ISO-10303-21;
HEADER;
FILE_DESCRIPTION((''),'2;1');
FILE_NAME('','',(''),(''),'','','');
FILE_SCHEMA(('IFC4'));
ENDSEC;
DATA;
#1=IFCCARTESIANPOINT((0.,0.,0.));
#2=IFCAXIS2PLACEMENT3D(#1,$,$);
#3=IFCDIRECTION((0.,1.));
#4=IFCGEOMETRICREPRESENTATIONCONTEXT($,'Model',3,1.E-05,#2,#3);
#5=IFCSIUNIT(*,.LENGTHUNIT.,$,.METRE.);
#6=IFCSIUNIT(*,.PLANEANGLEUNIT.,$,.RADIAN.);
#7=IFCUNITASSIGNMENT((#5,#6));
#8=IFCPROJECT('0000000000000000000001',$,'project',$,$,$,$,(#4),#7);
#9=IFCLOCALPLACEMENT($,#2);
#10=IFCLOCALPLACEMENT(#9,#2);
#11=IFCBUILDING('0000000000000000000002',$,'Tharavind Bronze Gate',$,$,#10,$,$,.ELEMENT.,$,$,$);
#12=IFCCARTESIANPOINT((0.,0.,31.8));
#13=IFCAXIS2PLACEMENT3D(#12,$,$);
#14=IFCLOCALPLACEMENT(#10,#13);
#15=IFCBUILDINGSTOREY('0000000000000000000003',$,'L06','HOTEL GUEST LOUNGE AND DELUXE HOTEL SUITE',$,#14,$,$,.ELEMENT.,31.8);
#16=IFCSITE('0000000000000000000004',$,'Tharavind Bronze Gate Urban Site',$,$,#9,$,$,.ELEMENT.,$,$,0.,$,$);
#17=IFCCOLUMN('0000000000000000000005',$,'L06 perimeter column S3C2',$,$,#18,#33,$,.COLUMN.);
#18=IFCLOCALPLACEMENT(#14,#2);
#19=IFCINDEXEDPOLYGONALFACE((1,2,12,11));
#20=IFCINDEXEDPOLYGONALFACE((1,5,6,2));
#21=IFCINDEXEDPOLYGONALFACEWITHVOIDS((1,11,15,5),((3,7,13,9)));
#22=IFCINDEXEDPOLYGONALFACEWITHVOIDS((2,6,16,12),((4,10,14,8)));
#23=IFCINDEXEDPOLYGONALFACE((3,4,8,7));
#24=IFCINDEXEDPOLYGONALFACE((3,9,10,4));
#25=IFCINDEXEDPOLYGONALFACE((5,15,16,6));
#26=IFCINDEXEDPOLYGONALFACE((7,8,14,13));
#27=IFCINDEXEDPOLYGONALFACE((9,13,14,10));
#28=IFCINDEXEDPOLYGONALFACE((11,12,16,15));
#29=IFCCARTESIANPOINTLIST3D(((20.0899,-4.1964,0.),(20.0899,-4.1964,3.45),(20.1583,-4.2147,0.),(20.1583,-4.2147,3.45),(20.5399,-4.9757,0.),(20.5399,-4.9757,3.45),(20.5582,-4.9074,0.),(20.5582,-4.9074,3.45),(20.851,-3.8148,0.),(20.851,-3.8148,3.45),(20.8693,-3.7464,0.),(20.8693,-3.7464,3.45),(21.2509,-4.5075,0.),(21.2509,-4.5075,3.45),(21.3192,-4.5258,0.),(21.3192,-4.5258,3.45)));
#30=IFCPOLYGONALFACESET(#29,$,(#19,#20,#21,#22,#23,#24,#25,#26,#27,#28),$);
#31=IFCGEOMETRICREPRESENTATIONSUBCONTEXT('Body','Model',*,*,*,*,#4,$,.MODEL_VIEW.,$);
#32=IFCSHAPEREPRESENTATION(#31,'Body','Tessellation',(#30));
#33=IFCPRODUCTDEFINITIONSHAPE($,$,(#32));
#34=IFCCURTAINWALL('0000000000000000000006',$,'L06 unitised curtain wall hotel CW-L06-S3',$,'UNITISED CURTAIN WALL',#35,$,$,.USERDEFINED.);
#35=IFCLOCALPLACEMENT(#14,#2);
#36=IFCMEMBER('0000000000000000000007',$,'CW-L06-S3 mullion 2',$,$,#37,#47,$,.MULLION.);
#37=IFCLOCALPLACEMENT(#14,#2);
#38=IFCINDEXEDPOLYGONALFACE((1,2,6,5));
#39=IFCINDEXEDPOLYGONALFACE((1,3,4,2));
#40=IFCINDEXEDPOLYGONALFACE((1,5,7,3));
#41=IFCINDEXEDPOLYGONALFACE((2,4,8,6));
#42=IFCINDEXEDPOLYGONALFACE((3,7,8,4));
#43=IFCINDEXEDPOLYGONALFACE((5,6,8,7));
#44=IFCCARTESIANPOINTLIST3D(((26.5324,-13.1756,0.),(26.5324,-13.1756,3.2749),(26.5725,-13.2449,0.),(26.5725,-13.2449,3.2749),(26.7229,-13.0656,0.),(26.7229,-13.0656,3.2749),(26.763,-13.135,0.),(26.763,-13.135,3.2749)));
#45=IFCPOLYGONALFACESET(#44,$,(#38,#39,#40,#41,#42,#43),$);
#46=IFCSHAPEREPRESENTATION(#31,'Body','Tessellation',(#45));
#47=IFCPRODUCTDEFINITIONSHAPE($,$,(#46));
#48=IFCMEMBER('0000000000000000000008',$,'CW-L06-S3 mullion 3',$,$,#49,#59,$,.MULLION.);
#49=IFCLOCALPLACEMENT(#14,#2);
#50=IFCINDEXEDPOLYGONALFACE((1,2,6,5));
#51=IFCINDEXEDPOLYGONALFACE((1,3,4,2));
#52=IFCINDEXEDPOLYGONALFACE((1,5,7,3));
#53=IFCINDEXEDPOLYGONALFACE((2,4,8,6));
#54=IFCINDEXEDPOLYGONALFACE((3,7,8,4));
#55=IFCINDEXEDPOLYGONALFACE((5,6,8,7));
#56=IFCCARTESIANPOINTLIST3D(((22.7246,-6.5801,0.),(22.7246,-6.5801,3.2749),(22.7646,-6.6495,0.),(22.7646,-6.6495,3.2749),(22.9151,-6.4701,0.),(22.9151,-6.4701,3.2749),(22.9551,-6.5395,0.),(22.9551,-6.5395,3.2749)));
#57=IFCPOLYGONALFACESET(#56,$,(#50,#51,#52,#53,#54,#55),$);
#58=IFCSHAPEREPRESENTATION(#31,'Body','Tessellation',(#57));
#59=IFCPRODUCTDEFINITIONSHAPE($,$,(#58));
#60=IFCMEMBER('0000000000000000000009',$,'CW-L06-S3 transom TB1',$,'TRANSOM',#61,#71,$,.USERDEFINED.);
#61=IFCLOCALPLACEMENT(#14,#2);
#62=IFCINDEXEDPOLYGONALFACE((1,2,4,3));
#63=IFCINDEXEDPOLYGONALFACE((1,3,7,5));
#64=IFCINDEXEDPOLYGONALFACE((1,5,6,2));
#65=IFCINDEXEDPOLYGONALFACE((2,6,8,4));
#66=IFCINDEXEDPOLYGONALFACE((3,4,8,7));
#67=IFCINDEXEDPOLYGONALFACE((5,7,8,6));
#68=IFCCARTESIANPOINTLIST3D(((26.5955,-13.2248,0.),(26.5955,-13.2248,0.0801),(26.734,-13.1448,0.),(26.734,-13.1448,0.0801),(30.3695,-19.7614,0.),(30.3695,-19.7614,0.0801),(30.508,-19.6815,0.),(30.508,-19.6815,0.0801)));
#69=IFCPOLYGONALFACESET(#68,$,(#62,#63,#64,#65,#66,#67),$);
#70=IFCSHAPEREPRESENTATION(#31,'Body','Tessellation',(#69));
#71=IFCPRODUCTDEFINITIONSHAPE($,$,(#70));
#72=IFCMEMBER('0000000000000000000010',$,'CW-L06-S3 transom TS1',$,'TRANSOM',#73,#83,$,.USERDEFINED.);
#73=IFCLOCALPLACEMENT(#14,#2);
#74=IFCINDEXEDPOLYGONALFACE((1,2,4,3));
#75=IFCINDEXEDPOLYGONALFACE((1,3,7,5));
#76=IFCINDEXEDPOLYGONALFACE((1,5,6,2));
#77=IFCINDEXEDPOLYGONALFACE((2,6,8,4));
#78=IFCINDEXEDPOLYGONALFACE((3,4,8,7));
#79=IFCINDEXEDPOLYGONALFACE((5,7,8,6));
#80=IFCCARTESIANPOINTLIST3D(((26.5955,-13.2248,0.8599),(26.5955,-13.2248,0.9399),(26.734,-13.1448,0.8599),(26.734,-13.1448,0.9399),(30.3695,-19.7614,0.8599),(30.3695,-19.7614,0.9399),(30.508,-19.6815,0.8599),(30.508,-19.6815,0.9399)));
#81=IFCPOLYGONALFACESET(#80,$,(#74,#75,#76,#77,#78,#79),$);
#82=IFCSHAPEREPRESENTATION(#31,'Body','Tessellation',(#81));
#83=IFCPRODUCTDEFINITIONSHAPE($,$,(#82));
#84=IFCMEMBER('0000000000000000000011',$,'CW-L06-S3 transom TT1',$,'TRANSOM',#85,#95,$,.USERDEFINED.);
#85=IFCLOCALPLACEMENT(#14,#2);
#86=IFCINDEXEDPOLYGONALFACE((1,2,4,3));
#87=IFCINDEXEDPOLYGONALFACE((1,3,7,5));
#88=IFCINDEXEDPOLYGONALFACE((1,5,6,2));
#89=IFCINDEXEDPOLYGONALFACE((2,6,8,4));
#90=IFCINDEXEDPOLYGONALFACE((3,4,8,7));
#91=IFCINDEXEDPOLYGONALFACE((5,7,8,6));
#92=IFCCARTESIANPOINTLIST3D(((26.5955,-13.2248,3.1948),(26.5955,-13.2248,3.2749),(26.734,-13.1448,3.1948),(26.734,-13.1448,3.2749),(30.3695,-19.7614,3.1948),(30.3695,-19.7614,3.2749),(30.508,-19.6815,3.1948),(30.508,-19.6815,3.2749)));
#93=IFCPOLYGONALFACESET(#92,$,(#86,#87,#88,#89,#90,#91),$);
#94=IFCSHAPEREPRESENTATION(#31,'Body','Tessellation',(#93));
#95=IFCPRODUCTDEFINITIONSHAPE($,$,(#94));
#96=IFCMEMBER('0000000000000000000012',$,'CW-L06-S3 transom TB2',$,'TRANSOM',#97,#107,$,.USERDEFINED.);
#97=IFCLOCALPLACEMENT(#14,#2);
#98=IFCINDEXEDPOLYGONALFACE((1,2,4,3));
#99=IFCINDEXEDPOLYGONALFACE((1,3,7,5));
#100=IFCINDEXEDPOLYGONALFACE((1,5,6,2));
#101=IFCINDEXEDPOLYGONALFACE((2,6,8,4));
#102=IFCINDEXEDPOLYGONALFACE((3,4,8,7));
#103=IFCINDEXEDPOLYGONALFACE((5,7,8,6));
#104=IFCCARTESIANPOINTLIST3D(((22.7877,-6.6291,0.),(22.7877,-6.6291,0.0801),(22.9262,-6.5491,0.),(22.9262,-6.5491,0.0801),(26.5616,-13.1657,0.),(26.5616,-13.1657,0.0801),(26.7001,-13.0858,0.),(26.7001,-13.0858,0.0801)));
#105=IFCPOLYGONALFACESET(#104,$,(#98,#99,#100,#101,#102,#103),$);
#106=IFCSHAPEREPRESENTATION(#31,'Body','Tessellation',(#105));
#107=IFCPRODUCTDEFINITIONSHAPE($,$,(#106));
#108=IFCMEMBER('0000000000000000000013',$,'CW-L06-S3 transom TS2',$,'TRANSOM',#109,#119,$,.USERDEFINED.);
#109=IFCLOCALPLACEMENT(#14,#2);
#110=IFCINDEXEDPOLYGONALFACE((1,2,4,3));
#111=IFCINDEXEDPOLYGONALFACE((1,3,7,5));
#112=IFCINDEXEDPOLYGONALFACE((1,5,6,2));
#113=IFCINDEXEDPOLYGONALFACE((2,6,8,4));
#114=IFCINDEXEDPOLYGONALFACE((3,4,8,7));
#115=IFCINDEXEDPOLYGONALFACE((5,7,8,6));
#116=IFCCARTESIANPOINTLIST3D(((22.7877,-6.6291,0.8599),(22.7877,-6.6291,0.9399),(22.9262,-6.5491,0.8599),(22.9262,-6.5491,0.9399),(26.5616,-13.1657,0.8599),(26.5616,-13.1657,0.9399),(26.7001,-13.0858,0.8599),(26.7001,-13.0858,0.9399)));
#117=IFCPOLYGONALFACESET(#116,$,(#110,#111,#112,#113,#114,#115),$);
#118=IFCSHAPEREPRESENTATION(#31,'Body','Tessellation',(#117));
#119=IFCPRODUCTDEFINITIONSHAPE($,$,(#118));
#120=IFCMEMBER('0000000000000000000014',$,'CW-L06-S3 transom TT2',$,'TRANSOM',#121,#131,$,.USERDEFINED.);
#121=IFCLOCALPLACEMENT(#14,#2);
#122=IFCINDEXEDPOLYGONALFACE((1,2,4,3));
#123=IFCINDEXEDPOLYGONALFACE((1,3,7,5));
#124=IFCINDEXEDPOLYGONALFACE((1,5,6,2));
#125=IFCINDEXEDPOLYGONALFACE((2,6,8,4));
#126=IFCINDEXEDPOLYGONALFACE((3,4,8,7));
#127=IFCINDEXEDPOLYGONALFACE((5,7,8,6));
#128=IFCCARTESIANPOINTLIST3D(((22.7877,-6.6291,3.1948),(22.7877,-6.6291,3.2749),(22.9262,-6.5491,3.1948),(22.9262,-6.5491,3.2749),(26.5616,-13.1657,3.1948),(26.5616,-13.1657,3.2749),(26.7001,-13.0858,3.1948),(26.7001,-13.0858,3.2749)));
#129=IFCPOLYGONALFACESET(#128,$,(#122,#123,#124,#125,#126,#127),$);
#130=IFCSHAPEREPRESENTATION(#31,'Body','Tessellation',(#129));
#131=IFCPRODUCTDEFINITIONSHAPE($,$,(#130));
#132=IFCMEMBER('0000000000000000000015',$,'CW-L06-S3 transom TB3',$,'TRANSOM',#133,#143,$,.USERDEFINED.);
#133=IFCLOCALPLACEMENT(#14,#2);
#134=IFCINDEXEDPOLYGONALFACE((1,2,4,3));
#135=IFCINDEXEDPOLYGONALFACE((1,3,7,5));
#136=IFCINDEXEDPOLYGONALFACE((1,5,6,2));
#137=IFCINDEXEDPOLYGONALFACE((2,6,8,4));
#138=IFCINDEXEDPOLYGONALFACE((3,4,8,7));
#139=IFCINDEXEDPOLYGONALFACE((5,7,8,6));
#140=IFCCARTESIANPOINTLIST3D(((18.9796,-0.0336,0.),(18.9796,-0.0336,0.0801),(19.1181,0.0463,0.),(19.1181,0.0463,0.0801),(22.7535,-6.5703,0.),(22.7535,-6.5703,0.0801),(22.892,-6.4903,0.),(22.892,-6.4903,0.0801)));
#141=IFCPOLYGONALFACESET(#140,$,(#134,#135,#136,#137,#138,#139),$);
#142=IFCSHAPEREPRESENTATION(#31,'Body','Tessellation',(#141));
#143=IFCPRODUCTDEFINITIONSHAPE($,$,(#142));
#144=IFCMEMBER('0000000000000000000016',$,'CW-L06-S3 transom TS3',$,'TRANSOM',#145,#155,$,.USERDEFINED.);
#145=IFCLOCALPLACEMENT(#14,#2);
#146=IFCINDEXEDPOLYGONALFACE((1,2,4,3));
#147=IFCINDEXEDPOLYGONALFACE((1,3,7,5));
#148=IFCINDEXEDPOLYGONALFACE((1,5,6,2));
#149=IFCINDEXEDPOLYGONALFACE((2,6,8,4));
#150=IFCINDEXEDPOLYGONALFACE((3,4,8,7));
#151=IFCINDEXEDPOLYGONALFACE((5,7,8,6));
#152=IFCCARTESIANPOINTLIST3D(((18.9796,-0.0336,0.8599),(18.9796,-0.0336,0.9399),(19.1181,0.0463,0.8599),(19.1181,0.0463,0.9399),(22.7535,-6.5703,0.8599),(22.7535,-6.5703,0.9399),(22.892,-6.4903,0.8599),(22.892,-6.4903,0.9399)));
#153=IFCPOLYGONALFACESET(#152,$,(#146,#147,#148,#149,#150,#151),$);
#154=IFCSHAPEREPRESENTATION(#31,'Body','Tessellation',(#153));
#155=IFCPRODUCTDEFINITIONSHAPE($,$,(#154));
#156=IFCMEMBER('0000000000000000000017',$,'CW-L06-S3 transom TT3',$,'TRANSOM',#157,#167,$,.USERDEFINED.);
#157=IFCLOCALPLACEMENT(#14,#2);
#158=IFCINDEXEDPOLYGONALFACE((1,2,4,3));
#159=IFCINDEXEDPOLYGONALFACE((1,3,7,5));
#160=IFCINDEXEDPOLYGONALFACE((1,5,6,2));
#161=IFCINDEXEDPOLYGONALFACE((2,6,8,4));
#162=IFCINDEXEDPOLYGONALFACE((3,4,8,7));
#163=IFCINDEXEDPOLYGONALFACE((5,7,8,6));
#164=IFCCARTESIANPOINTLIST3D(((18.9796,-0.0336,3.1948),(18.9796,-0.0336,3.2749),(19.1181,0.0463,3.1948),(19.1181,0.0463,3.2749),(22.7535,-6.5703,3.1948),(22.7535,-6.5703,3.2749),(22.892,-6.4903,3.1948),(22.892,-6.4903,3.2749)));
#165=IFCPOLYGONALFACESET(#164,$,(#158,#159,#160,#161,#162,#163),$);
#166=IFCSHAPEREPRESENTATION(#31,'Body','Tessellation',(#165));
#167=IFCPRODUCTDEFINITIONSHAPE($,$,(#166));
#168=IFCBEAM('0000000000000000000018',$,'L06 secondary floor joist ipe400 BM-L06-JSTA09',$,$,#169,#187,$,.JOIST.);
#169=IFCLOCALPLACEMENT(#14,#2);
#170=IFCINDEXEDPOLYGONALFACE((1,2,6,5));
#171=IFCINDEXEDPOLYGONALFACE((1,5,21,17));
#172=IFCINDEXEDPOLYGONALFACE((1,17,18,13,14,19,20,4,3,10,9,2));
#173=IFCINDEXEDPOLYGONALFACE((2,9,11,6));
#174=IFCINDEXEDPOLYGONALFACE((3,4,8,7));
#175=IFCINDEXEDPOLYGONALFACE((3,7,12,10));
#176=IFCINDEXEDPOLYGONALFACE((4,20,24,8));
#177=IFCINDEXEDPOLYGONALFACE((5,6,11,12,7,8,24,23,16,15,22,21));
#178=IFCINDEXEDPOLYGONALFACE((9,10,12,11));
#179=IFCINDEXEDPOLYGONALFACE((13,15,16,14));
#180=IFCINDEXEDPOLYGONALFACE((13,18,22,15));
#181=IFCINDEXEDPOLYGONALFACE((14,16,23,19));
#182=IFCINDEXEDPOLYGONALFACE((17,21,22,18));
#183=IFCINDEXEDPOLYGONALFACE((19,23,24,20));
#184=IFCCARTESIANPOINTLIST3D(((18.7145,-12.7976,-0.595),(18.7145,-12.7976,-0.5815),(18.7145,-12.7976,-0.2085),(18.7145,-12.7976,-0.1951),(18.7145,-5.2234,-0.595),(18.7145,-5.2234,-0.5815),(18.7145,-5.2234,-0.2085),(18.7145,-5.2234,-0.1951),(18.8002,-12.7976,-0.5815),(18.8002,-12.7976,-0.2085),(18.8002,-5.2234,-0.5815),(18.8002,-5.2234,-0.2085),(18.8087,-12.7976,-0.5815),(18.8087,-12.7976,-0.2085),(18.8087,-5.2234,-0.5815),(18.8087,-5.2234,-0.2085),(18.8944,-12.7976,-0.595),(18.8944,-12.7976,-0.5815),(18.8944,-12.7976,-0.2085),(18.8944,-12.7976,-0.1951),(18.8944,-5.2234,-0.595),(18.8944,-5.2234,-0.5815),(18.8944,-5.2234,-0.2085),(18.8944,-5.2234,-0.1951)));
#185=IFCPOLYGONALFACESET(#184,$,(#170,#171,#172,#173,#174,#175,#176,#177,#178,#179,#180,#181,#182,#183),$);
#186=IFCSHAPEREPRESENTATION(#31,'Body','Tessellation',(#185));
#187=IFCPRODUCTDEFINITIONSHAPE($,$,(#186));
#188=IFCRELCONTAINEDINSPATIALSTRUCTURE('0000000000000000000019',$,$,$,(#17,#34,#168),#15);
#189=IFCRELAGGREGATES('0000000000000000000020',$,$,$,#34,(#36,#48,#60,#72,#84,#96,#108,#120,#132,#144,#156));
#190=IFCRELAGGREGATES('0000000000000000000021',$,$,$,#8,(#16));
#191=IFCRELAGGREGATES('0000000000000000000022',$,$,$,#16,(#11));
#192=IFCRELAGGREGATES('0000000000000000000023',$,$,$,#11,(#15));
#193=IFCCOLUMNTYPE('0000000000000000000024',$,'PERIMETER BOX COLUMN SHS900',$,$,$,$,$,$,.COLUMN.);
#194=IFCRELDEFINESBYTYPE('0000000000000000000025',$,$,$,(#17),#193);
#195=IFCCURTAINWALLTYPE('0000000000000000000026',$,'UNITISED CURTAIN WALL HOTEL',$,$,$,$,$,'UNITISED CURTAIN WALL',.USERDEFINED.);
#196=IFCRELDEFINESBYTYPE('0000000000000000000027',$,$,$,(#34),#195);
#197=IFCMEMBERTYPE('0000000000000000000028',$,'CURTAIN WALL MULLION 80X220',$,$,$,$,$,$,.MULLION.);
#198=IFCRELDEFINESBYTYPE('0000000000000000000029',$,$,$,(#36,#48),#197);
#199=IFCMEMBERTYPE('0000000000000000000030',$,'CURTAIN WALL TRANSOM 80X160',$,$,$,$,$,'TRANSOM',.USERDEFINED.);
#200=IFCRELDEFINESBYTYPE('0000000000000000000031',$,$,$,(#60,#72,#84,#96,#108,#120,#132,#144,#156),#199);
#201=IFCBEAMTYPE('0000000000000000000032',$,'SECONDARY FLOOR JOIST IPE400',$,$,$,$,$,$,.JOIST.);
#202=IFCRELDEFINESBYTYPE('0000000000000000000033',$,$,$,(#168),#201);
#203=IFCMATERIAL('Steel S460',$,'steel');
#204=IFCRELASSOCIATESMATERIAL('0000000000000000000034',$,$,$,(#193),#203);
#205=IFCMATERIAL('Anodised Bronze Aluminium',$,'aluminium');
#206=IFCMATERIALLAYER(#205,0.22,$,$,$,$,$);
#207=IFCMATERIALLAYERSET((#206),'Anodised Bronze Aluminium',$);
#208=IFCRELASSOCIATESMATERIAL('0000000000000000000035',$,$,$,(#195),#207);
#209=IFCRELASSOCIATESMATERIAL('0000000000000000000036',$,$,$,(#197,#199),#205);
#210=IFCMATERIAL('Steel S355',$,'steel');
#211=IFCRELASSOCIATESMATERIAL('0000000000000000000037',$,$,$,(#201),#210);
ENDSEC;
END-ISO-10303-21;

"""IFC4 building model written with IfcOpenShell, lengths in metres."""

from ifc_helpers import new_model, si_unit, direction, frame, origin, origin_2d, place, context, subcontext, project, spatial, rectangle, hollow_rectangle, i_section, extrude, material, layer, layer_set, material_profile, profile_set, type_object, element, aggregate, save


model = new_model("IFC4")

# Units and contexts
model_context = context("Model", 3, precision=1e-05, world=origin(), true_north=direction((0.0, 1.0)))
body_context = subcontext(model_context, "Body", "Model", "MODEL_VIEW")
ifc_project = project(units=[si_unit("LENGTHUNIT", "METRE"), si_unit("PLANEANGLEUNIT", "RADIAN")], contexts=[model_context])

# Site, building, storey
site_placement = place(None, origin())
site = spatial("IfcSite", under=ifc_project, at=site_placement, Name="Tharavind Bronze Gate Urban Site", CompositionType="ELEMENT", RefElevation=0.0)
building_placement = place(site_placement, origin())
building = spatial("IfcBuilding", under=site, at=building_placement, Name="Tharavind Bronze Gate", CompositionType="ELEMENT")
storey_placement = place(building_placement, frame((0.0, 0.0, 31.8)))
storey = spatial("IfcBuildingStorey", under=building, at=storey_placement, Name="L06", Description="HOTEL GUEST LOUNGE AND DELUXE HOTEL SUITE", CompositionType="ELEMENT", Elevation=31.8)

# Column
ifc_material_1 = material(Name="Steel S460", Category="steel")
ifc_material_profile_1 = material_profile(ifc_material_1, hollow_rectangle(XDim=0.8999, YDim=0.8999, WallThickness=0.05, at=origin_2d()), Name="SHS900X50")
ifc_profile_set_1 = profile_set([ifc_material_profile_1], Name="Steel S460")
column_type = type_object("IfcColumnType", Name="PERIMETER BOX COLUMN SHS900", PredefinedType="COLUMN", material=ifc_profile_set_1)
column_placement = place(storey_placement, frame((20.7046, -4.3611, 0.0), z_axis=(0.0, 0.0, 1.0), x_axis=(-0.500002, 0.866025, 0.0)))
element("IfcColumn", 1, at=column_placement, inside=storey, type_object=column_type, Name="L06 perimeter column S3C2", PredefinedType="COLUMN", context=body_context, shape_type="SweptSolid", body=[
    extrude(hollow_rectangle(XDim=0.8999, YDim=0.8999, WallThickness=0.05, at=origin_2d()), origin(), (0.0, 0.0, 1.0), 3.45),
])

# Curtain wall, members
ifc_material_2 = material(Name="Anodised Bronze Aluminium", Category="aluminium")
ifc_layer_1 = layer(ifc_material_2, 0.22)
ifc_layer_set_1 = layer_set([ifc_layer_1], Name="Anodised Bronze Aluminium")
curtain_wall_type = type_object("IfcCurtainWallType", Name="UNITISED CURTAIN WALL HOTEL", ElementType="UNITISED CURTAIN WALL", PredefinedType="USERDEFINED", material=ifc_layer_set_1)
curtain_wall_placement = place(storey_placement, origin())
curtain_wall = element("IfcCurtainWall", 2, at=curtain_wall_placement, inside=storey, type_object=curtain_wall_type, Name="L06 unitised curtain wall hotel CW-L06-S3", ObjectType="UNITISED CURTAIN WALL", PredefinedType="USERDEFINED")
member_type_1 = type_object("IfcMemberType", Name="CURTAIN WALL MULLION 80X220", PredefinedType="MULLION", material=ifc_material_2)
member_1_placement = place(storey_placement, frame((26.6477, -13.1553, 0.0), z_axis=(0.0, 0.0, 1.0), x_axis=(-0.500002, 0.866025, 0.0)))
member_1 = element("IfcMember", 3, at=member_1_placement, type_object=member_type_1, Name="CW-L06-S3 mullion 2", PredefinedType="MULLION", context=body_context, shape_type="SweptSolid", body=[
    extrude(rectangle(XDim=0.0801, YDim=0.22, at=origin_2d()), origin(), (0.0, 0.0, 1.0), 3.2749),
])
member_2_placement = place(storey_placement, frame((22.8398, -6.5598, 0.0), z_axis=(0.0, 0.0, 1.0), x_axis=(-0.500002, 0.866025, 0.0)))
member_2 = element("IfcMember", 4, at=member_2_placement, type_object=member_type_1, Name="CW-L06-S3 mullion 3", PredefinedType="MULLION", context=body_context, shape_type="SweptSolid", body=[
    extrude(rectangle(XDim=0.0801, YDim=0.22, at=origin_2d()), origin(), (0.0, 0.0, 1.0), 3.2749),
])
member_type_2 = type_object("IfcMemberType", Name="CURTAIN WALL TRANSOM 80X160", ElementType="TRANSOM", PredefinedType="USERDEFINED", material=ifc_material_2)
member_3_placement = place(storey_placement, frame((28.5518, -16.4531, 0.0), z_axis=(0.0, 0.0, 1.0), x_axis=(-0.500002, 0.866025, 0.0)))
member_3 = element("IfcMember", 5, at=member_3_placement, type_object=member_type_2, Name="CW-L06-S3 transom TB1", ObjectType="TRANSOM", PredefinedType="USERDEFINED", context=body_context, shape_type="SweptSolid", body=[
    extrude(rectangle(XDim=7.5479, YDim=0.1599, at=origin_2d()), origin(), (0.0, 0.0, 1.0), 0.0801),
])
member_4_placement = place(storey_placement, frame((28.5518, -16.4531, 0.8599), z_axis=(0.0, 0.0, 1.0), x_axis=(-0.500002, 0.866025, 0.0)))
member_4 = element("IfcMember", 6, at=member_4_placement, type_object=member_type_2, Name="CW-L06-S3 transom TS1", ObjectType="TRANSOM", PredefinedType="USERDEFINED", context=body_context, shape_type="SweptSolid", body=[
    extrude(rectangle(XDim=7.5479, YDim=0.1599, at=origin_2d()), origin(), (0.0, 0.0, 1.0), 0.0801),
])
member_5_placement = place(storey_placement, frame((28.5518, -16.4531, 3.1948), z_axis=(0.0, 0.0, 1.0), x_axis=(-0.500002, 0.866025, 0.0)))
member_5 = element("IfcMember", 7, at=member_5_placement, type_object=member_type_2, Name="CW-L06-S3 transom TT1", ObjectType="TRANSOM", PredefinedType="USERDEFINED", context=body_context, shape_type="SweptSolid", body=[
    extrude(rectangle(XDim=7.5479, YDim=0.1599, at=origin_2d()), origin(), (0.0, 0.0, 1.0), 0.0801),
])
member_6_placement = place(storey_placement, frame((24.7439, -9.8574, 0.0), z_axis=(0.0, 0.0, 1.0), x_axis=(-0.500002, 0.866025, 0.0)))
member_6 = element("IfcMember", 8, at=member_6_placement, type_object=member_type_2, Name="CW-L06-S3 transom TB2", ObjectType="TRANSOM", PredefinedType="USERDEFINED", context=body_context, shape_type="SweptSolid", body=[
    extrude(rectangle(XDim=7.5479, YDim=0.1599, at=origin_2d()), origin(), (0.0, 0.0, 1.0), 0.0801),
])
member_7_placement = place(storey_placement, frame((24.7439, -9.8574, 0.8599), z_axis=(0.0, 0.0, 1.0), x_axis=(-0.500002, 0.866025, 0.0)))
member_7 = element("IfcMember", 9, at=member_7_placement, type_object=member_type_2, Name="CW-L06-S3 transom TS2", ObjectType="TRANSOM", PredefinedType="USERDEFINED", context=body_context, shape_type="SweptSolid", body=[
    extrude(rectangle(XDim=7.5479, YDim=0.1599, at=origin_2d()), origin(), (0.0, 0.0, 1.0), 0.0801),
])
member_8_placement = place(storey_placement, frame((24.7439, -9.8574, 3.1948), z_axis=(0.0, 0.0, 1.0), x_axis=(-0.500002, 0.866025, 0.0)))
member_8 = element("IfcMember", 10, at=member_8_placement, type_object=member_type_2, Name="CW-L06-S3 transom TT2", ObjectType="TRANSOM", PredefinedType="USERDEFINED", context=body_context, shape_type="SweptSolid", body=[
    extrude(rectangle(XDim=7.5479, YDim=0.1599, at=origin_2d()), origin(), (0.0, 0.0, 1.0), 0.0801),
])
member_9_placement = place(storey_placement, frame((20.9358, -3.262, 0.0), z_axis=(0.0, 0.0, 1.0), x_axis=(-0.500002, 0.866025, 0.0)))
member_9 = element("IfcMember", 11, at=member_9_placement, type_object=member_type_2, Name="CW-L06-S3 transom TB3", ObjectType="TRANSOM", PredefinedType="USERDEFINED", context=body_context, shape_type="SweptSolid", body=[
    extrude(rectangle(XDim=7.5479, YDim=0.1599, at=origin_2d()), origin(), (0.0, 0.0, 1.0), 0.0801),
])
member_10_placement = place(storey_placement, frame((20.9358, -3.262, 0.8599), z_axis=(0.0, 0.0, 1.0), x_axis=(-0.500002, 0.866025, 0.0)))
member_10 = element("IfcMember", 12, at=member_10_placement, type_object=member_type_2, Name="CW-L06-S3 transom TS3", ObjectType="TRANSOM", PredefinedType="USERDEFINED", context=body_context, shape_type="SweptSolid", body=[
    extrude(rectangle(XDim=7.5479, YDim=0.1599, at=origin_2d()), origin(), (0.0, 0.0, 1.0), 0.0801),
])
member_11_placement = place(storey_placement, frame((20.9358, -3.262, 3.1948), z_axis=(0.0, 0.0, 1.0), x_axis=(-0.500002, 0.866025, 0.0)))
member_11 = element("IfcMember", 13, at=member_11_placement, type_object=member_type_2, Name="CW-L06-S3 transom TT3", ObjectType="TRANSOM", PredefinedType="USERDEFINED", context=body_context, shape_type="SweptSolid", body=[
    extrude(rectangle(XDim=7.5479, YDim=0.1599, at=origin_2d()), origin(), (0.0, 0.0, 1.0), 0.0801),
])

# Beam
ifc_material_3 = material(Name="Steel S355", Category="steel")
ifc_material_profile_2 = material_profile(ifc_material_3, i_section(OverallWidth=0.1799, OverallDepth=0.3999, WebThickness=0.0085, FlangeThickness=0.0134, at=origin_2d()), Name="IPE400")
ifc_profile_set_2 = profile_set([ifc_material_profile_2], Name="Steel S355")
beam_type_1 = type_object("IfcBeamType", Name="SECONDARY FLOOR JOIST IPE400", PredefinedType="JOIST", material=ifc_profile_set_2)
beam_1_placement = place(storey_placement, frame((18.8044, -12.7976, -0.395), z_axis=(0.0, 1.0, 0.0), x_axis=(-1.0, 0.0, 0.0)))
element("IfcBeam", 14, at=beam_1_placement, inside=storey, type_object=beam_type_1, Name="L06 secondary floor joist ipe400 BM-L06-JSTA09", PredefinedType="JOIST", context=body_context, shape_type="SweptSolid", body=[
    extrude(i_section(OverallWidth=0.1799, OverallDepth=0.3999, WebThickness=0.0085, FlangeThickness=0.0134, at=origin_2d()), origin(), (0.0, 0.0, 1.0), 7.5742),
])

aggregate(curtain_wall, [member_1, member_2, member_3, member_4, member_5, member_6, member_7, member_8, member_9, member_10, member_11])

save(model, "model.ifc")
